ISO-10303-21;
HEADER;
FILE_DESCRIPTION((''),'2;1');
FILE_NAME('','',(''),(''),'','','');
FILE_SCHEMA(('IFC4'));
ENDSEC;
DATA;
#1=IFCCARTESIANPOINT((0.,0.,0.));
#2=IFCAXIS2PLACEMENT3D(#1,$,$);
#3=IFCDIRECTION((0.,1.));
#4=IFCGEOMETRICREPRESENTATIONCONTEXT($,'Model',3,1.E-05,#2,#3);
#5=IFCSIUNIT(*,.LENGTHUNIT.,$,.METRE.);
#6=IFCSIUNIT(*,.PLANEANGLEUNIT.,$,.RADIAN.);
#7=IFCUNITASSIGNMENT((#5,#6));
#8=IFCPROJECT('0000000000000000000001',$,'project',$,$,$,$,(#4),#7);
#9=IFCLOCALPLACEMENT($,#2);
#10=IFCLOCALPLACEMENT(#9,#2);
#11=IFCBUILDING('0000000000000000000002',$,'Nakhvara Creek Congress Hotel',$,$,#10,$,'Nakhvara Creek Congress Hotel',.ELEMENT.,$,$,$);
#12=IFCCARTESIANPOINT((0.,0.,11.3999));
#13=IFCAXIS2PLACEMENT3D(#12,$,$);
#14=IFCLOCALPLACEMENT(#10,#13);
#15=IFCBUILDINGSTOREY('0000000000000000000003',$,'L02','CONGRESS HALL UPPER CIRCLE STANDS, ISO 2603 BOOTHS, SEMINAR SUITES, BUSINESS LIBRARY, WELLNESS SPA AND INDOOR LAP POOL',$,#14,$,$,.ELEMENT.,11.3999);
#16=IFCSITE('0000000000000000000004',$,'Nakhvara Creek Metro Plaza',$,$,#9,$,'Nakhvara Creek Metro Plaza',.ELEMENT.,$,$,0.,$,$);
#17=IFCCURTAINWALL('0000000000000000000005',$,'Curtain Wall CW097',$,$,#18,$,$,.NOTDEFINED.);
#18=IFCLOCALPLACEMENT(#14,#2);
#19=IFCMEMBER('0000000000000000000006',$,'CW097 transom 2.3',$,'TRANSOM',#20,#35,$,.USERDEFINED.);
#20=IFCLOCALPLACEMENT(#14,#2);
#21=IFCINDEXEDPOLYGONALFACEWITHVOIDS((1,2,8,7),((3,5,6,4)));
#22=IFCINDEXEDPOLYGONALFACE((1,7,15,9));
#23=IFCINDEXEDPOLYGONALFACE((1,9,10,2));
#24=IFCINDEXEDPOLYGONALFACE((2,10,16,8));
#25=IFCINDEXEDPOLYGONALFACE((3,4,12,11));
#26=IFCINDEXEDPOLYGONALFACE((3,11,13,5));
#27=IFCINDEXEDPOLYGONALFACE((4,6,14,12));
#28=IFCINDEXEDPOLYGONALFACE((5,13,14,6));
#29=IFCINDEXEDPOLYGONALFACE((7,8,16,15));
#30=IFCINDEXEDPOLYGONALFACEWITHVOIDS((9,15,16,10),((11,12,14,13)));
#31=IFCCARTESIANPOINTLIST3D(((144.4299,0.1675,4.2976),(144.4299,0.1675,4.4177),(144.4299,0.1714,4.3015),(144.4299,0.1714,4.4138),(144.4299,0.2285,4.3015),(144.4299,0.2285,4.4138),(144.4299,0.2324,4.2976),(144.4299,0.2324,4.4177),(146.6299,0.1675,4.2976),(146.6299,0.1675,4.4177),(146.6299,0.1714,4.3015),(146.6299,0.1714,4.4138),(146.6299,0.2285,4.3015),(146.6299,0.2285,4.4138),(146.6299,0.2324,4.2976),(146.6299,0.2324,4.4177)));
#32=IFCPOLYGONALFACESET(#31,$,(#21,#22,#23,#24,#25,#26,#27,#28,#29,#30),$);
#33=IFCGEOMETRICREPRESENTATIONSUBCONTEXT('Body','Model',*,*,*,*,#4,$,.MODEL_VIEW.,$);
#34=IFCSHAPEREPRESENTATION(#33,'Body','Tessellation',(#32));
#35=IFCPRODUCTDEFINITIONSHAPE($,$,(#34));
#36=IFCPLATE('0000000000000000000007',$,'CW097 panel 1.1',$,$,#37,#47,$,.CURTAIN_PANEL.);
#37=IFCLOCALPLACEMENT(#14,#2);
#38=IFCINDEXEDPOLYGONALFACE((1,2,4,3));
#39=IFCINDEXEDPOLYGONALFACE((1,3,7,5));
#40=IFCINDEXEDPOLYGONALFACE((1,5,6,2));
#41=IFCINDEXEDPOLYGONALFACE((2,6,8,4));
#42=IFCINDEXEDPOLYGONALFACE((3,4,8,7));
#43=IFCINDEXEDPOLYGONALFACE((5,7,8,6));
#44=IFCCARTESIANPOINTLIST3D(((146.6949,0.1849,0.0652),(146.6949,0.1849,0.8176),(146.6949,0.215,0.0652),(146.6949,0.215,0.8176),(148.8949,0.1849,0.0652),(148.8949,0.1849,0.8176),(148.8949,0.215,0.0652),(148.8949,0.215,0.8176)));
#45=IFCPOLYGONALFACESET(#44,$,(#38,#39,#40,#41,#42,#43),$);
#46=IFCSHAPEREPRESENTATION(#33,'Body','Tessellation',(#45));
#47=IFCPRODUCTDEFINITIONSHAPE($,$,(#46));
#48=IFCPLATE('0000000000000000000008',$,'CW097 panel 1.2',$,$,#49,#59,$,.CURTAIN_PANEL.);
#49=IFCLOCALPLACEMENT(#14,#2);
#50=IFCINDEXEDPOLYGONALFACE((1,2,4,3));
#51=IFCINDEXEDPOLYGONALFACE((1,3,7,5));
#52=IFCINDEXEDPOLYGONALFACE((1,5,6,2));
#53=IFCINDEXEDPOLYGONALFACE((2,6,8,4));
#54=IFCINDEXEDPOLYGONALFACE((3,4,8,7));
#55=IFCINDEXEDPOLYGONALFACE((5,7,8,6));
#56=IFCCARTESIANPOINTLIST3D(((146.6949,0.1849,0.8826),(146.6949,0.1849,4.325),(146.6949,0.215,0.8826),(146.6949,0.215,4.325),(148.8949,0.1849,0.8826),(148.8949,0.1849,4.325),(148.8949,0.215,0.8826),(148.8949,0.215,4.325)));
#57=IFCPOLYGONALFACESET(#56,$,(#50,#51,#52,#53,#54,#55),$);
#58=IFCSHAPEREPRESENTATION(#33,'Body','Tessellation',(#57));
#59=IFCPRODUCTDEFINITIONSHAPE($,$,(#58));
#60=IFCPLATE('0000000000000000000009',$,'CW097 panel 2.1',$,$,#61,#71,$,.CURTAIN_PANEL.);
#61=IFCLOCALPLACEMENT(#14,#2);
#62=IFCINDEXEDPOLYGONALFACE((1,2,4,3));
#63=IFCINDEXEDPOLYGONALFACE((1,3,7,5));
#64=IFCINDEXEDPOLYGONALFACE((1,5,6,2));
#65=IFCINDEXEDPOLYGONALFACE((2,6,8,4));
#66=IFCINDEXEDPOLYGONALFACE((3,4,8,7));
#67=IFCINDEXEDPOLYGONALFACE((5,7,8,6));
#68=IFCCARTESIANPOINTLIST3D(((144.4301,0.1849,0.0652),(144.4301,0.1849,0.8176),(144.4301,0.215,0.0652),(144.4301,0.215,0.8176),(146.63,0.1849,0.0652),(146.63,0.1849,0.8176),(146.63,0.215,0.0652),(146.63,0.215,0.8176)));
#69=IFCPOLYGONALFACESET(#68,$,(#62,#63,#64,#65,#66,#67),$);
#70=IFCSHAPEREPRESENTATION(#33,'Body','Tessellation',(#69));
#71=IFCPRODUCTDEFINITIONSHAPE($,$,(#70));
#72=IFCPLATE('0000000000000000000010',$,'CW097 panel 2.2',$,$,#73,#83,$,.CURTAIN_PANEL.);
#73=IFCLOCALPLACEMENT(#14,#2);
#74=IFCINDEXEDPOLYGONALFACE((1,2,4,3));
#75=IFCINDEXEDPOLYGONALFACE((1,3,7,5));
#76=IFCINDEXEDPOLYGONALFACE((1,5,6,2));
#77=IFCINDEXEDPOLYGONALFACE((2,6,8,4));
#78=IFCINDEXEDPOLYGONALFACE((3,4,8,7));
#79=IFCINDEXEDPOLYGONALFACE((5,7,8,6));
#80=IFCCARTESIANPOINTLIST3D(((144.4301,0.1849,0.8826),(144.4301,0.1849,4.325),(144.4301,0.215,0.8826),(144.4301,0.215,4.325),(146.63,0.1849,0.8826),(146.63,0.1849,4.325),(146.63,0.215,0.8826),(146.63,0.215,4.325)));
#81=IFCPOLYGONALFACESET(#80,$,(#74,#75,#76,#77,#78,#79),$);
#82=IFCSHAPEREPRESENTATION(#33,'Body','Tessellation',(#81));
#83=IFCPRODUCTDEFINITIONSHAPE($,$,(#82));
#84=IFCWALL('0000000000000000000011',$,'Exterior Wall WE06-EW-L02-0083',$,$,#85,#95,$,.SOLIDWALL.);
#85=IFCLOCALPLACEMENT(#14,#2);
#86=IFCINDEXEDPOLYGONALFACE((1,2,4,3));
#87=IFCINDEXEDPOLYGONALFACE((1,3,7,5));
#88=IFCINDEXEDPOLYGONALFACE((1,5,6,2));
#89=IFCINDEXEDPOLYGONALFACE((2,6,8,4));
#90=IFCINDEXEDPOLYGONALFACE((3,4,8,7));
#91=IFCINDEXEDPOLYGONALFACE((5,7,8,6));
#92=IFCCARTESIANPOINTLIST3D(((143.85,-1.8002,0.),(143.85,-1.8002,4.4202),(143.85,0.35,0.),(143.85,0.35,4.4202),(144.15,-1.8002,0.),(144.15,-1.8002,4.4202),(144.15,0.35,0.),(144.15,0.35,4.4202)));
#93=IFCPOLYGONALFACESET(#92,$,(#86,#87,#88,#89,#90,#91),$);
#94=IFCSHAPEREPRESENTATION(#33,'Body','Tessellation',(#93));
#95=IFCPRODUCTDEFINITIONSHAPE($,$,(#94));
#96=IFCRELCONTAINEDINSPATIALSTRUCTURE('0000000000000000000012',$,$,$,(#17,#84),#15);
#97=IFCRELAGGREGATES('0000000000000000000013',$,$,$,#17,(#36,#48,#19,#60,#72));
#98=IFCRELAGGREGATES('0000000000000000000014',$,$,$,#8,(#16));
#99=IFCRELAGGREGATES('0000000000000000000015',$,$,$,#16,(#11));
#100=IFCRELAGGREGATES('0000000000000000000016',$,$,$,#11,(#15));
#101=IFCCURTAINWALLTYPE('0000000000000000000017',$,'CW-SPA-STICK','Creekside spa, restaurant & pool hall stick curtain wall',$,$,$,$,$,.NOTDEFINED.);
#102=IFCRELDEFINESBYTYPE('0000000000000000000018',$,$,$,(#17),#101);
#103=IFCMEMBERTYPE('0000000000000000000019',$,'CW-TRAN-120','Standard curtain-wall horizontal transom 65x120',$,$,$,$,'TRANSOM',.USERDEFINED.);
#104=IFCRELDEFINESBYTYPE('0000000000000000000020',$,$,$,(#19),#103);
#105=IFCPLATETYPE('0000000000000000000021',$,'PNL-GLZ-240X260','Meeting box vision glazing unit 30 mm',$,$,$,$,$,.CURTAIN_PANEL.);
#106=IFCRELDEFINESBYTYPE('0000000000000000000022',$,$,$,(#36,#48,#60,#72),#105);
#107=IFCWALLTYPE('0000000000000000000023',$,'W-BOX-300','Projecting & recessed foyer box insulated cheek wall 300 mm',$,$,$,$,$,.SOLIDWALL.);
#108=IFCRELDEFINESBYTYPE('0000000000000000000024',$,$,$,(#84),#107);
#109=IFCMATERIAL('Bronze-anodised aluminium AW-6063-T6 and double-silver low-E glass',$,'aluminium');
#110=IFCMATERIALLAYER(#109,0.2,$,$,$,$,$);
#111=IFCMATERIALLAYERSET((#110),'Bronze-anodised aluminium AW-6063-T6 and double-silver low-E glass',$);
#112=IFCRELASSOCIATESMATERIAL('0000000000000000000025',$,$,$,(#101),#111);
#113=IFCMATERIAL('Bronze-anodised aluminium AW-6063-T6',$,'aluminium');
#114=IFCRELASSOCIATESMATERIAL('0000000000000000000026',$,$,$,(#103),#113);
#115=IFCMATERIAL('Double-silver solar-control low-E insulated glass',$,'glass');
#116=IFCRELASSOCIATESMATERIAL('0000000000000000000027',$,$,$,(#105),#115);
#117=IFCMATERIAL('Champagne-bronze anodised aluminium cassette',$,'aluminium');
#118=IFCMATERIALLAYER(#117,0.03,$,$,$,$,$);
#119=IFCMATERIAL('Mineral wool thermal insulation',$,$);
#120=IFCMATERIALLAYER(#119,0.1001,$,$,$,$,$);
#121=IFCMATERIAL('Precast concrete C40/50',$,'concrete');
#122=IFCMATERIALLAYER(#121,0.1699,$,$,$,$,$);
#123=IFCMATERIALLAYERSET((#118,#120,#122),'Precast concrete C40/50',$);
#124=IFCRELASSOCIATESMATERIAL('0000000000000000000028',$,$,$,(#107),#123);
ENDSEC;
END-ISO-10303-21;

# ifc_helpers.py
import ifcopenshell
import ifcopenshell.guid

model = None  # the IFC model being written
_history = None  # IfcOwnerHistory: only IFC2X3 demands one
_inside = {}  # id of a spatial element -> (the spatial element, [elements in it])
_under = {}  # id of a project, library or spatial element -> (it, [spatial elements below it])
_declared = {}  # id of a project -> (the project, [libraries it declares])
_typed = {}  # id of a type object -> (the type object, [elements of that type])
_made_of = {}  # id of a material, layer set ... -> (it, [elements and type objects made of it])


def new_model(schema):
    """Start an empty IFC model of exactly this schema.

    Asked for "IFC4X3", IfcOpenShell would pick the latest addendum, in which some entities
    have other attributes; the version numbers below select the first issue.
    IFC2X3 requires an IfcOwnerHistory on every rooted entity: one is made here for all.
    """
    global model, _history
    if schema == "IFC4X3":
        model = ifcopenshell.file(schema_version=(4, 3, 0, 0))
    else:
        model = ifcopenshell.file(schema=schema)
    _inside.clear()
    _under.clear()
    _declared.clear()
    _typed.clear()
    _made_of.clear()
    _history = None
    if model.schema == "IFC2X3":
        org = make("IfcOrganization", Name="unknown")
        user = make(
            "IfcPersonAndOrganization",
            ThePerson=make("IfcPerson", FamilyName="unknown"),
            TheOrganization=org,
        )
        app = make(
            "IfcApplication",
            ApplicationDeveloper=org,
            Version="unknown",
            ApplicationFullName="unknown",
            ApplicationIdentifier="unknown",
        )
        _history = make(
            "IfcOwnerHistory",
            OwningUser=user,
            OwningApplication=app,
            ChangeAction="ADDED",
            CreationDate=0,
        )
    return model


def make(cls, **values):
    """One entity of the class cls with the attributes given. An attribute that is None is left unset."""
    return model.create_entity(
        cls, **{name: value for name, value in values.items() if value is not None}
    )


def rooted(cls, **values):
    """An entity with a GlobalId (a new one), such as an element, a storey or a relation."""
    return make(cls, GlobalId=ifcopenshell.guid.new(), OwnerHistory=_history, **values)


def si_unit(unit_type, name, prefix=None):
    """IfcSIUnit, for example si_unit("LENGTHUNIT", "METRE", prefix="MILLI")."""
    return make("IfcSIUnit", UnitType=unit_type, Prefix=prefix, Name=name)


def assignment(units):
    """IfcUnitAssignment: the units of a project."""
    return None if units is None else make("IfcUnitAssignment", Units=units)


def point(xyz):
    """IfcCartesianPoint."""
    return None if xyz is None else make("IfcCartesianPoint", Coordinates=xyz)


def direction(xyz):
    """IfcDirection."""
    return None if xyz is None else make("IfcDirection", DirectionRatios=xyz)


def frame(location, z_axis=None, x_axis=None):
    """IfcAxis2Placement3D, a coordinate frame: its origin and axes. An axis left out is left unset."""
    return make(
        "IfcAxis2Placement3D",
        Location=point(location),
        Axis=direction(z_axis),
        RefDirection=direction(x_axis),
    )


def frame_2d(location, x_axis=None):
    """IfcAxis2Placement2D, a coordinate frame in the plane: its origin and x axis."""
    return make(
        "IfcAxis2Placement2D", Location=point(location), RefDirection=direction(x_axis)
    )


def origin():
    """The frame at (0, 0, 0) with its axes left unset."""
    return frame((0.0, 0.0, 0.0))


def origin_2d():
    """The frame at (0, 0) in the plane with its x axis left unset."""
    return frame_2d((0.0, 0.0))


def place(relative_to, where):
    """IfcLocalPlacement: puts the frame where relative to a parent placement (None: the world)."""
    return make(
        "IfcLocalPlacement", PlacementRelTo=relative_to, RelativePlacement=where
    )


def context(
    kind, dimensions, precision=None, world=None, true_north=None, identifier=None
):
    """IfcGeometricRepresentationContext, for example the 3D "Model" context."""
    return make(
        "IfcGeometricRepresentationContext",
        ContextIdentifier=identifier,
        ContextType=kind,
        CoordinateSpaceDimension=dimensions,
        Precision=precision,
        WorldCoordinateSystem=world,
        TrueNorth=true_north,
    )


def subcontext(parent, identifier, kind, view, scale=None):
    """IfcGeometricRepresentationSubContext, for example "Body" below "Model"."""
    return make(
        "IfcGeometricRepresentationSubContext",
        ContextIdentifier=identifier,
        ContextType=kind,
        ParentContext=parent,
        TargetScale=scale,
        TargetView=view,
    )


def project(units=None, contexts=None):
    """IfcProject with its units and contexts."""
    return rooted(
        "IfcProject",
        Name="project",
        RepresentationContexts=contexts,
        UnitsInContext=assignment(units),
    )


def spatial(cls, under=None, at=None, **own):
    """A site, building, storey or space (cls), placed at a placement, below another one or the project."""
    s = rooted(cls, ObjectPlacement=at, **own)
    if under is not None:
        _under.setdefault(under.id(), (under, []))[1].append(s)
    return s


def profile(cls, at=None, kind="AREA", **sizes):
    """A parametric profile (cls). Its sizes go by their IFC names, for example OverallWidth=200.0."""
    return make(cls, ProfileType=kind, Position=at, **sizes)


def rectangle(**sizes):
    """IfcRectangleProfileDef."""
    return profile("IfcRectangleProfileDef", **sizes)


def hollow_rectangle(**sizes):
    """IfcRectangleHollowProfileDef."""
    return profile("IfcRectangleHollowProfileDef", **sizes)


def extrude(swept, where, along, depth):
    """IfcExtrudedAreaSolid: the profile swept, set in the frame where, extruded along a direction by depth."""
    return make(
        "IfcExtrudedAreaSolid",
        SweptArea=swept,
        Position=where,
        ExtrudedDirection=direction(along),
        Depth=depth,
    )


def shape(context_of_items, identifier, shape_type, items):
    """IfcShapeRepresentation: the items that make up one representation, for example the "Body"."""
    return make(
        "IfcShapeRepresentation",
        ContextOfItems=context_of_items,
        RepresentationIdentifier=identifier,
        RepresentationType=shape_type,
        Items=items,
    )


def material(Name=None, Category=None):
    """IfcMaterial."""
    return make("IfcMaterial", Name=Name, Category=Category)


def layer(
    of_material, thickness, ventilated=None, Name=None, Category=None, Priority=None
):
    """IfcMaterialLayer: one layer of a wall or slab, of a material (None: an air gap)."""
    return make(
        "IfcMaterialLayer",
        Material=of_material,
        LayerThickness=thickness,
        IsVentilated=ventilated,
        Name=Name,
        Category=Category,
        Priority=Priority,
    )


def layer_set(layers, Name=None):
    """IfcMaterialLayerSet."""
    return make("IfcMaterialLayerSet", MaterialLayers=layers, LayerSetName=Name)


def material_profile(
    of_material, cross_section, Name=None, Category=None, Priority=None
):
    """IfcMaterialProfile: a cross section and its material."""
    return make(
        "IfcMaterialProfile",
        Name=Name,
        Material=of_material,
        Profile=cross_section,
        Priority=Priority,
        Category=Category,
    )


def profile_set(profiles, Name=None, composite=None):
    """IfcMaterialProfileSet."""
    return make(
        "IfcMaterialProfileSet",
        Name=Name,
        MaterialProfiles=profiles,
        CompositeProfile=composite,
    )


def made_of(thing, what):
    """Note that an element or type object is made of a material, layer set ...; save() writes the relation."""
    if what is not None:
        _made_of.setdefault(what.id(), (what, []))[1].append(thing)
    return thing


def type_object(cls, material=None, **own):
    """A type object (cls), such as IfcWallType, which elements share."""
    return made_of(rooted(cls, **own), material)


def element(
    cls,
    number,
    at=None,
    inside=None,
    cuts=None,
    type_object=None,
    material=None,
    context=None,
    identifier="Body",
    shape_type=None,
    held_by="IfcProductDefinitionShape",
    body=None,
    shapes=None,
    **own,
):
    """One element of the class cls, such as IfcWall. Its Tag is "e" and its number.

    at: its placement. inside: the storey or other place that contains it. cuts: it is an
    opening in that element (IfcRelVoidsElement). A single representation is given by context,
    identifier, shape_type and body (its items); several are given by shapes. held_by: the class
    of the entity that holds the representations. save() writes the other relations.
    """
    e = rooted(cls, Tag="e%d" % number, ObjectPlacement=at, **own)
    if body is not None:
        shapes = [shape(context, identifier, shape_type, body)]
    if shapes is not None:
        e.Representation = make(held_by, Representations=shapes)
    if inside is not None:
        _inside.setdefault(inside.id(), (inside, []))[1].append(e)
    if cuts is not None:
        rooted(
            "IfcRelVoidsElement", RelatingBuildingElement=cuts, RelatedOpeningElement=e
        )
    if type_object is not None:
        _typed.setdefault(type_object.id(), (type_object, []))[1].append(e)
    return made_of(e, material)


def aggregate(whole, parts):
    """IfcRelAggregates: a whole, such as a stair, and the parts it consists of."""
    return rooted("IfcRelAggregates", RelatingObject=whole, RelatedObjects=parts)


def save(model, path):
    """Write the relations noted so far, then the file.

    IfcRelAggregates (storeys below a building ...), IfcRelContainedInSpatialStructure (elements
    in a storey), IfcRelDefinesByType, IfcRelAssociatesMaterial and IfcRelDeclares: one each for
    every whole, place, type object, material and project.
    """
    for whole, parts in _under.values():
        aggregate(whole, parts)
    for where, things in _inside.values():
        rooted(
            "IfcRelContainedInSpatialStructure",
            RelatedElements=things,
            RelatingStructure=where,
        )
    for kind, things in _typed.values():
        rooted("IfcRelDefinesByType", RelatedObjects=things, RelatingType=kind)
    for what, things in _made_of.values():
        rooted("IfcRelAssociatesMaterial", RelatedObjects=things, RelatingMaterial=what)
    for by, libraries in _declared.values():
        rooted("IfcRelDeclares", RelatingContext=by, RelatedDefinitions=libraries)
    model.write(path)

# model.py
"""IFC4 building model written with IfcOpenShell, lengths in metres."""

from ifc_helpers import new_model, si_unit, direction, frame, frame_2d, origin, origin_2d, place, context, subcontext, project, spatial, rectangle, hollow_rectangle, extrude, material, layer, layer_set, material_profile, profile_set, type_object, element, aggregate, save


model = new_model("IFC4")

# Units and contexts
model_context = context("Model", 3, precision=1e-05, world=origin(), true_north=direction((0.0, 1.0)))
body_context = subcontext(model_context, "Body", "Model", "MODEL_VIEW")
ifc_project = project(units=[si_unit("LENGTHUNIT", "METRE"), si_unit("PLANEANGLEUNIT", "RADIAN")], contexts=[model_context])

# Site, building, storey
site_placement = place(None, origin())
site = spatial("IfcSite", under=ifc_project, at=site_placement, Name="Nakhvara Creek Metro Plaza", LongName="Nakhvara Creek Metro Plaza", CompositionType="ELEMENT", RefElevation=0.0)
building_placement = place(site_placement, origin())
building = spatial("IfcBuilding", under=site, at=building_placement, Name="Nakhvara Creek Congress Hotel", LongName="Nakhvara Creek Congress Hotel", CompositionType="ELEMENT")
storey_placement = place(building_placement, frame((0.0, 0.0, 11.3999)))
storey = spatial("IfcBuildingStorey", under=building, at=storey_placement, Name="L02", Description="CONGRESS HALL UPPER CIRCLE STANDS, ISO 2603 BOOTHS, SEMINAR SUITES, BUSINESS LIBRARY, WELLNESS SPA AND INDOOR LAP POOL", CompositionType="ELEMENT", Elevation=11.3999)

# Curtain wall, member, plates
ifc_material_1 = material(Name="Bronze-anodised aluminium AW-6063-T6 and double-silver low-E glass", Category="aluminium")
ifc_layer_1 = layer(ifc_material_1, 0.2)
ifc_layer_set_1 = layer_set([ifc_layer_1], Name="Bronze-anodised aluminium AW-6063-T6 and double-silver low-E glass")
curtain_wall_type = type_object("IfcCurtainWallType", Name="CW-SPA-STICK", Description="Creekside spa, restaurant & pool hall stick curtain wall", PredefinedType="NOTDEFINED", material=ifc_layer_set_1)
curtain_wall_placement = place(storey_placement, origin())
curtain_wall = element("IfcCurtainWall", 1, at=curtain_wall_placement, inside=storey, type_object=curtain_wall_type, Name="Curtain Wall CW097", PredefinedType="NOTDEFINED")
ifc_material_2 = material(Name="Bronze-anodised aluminium AW-6063-T6", Category="aluminium")
ifc_material_profile_1 = material_profile(ifc_material_2, hollow_rectangle(XDim=0.0649, YDim=0.1201, WallThickness=0.0039, at=origin_2d()), Name="ALU-TRAN 65x120x4", Category="LoadBearing")
ifc_profile_set_1 = profile_set([ifc_material_profile_1], Name="Bronze-anodised aluminium AW-6063-T6")
member_type_1 = type_object("IfcMemberType", Name="CW-TRAN-120", Description="Standard curtain-wall horizontal transom 65x120", ElementType="TRANSOM", PredefinedType="USERDEFINED", material=ifc_profile_set_1)
member_1_placement = place(storey_placement, frame((146.6299, 0.2, 4.3577), z_axis=(-1.0, 0.0, 0.0), x_axis=(0.0, -1.0, 0.0)))
member_1 = element("IfcMember", 2, at=member_1_placement, type_object=member_type_1, Name="CW097 transom 2.3", ObjectType="TRANSOM", PredefinedType="USERDEFINED", context=body_context, shape_type="SweptSolid", body=[
    extrude(hollow_rectangle(XDim=0.0649, YDim=0.1201, WallThickness=0.0039, at=origin_2d()), origin(), (0.0, 0.0, 1.0), 2.2),
])
ifc_material_3 = material(Name="Double-silver solar-control low-E insulated glass", Category="glass")
plate_type = type_object("IfcPlateType", Name="PNL-GLZ-240X260", Description="Meeting box vision glazing unit 30 mm", PredefinedType="CURTAIN_PANEL", material=ifc_material_3)
plate_1_placement = place(storey_placement, frame((147.7949, 0.2, 0.0652), z_axis=(0.0, 0.0, 1.0), x_axis=(-1.0, 0.0, 0.0)))
plate_1 = element("IfcPlate", 3, at=plate_1_placement, type_object=plate_type, Name="CW097 panel 1.1", PredefinedType="CURTAIN_PANEL", context=body_context, shape_type="SweptSolid", body=[
    extrude(rectangle(XDim=2.2, YDim=0.03, at=origin_2d()), origin(), (0.0, 0.0, 1.0), 0.7524),
])
plate_2_placement = place(storey_placement, frame((147.7949, 0.2, 0.8826), z_axis=(0.0, 0.0, 1.0), x_axis=(-1.0, 0.0, 0.0)))
plate_2 = element("IfcPlate", 4, at=plate_2_placement, type_object=plate_type, Name="CW097 panel 1.2", PredefinedType="CURTAIN_PANEL", context=body_context, shape_type="SweptSolid", body=[
    extrude(rectangle(XDim=2.2, YDim=0.03, at=origin_2d()), origin(), (0.0, 0.0, 1.0), 3.4424),
])
plate_3_placement = place(storey_placement, frame((145.53, 0.2, 0.0652), z_axis=(0.0, 0.0, 1.0), x_axis=(-1.0, 0.0, 0.0)))
plate_3 = element("IfcPlate", 5, at=plate_3_placement, type_object=plate_type, Name="CW097 panel 2.1", PredefinedType="CURTAIN_PANEL", context=body_context, shape_type="SweptSolid", body=[
    extrude(rectangle(XDim=2.2, YDim=0.03, at=origin_2d()), origin(), (0.0, 0.0, 1.0), 0.7524),
])
plate_4_placement = place(storey_placement, frame((145.53, 0.2, 0.8826), z_axis=(0.0, 0.0, 1.0), x_axis=(-1.0, 0.0, 0.0)))
plate_4 = element("IfcPlate", 6, at=plate_4_placement, type_object=plate_type, Name="CW097 panel 2.2", PredefinedType="CURTAIN_PANEL", context=body_context, shape_type="SweptSolid", body=[
    extrude(rectangle(XDim=2.2, YDim=0.03, at=origin_2d()), origin(), (0.0, 0.0, 1.0), 3.4424),
])
aggregate(curtain_wall, [plate_1, plate_2, member_1, plate_3, plate_4])

# Wall
ifc_material_4 = material(Name="Champagne-bronze anodised aluminium cassette", Category="aluminium")
ifc_layer_2 = layer(ifc_material_4, 0.03)
ifc_material_5 = material(Name="Mineral wool thermal insulation")
ifc_layer_3 = layer(ifc_material_5, 0.1001)
ifc_material_6 = material(Name="Precast concrete C40/50", Category="concrete")
ifc_layer_4 = layer(ifc_material_6, 0.1699)
ifc_layer_set_2 = layer_set([ifc_layer_2, ifc_layer_3, ifc_layer_4], Name="Precast concrete C40/50")
wall_type = type_object("IfcWallType", Name="W-BOX-300", Description="Projecting & recessed foyer box insulated cheek wall 300 mm", PredefinedType="SOLIDWALL", material=ifc_layer_set_2)
wall_placement = place(storey_placement, frame((144.0, 0.3501, 0.0), z_axis=(0.0, 0.0, 1.0), x_axis=(0.0, -1.0, 0.0)))
element("IfcWall", 7, at=wall_placement, inside=storey, type_object=wall_type, Name="Exterior Wall WE06-EW-L02-0083", PredefinedType="SOLIDWALL", context=body_context, shape_type="SweptSolid", body=[
    extrude(rectangle(XDim=2.1501, YDim=0.3, at=frame_2d((1.0752, 0.0))), origin(), (0.0, 0.0, 1.0), 4.4202),
])

save(model, "model.ifc")
